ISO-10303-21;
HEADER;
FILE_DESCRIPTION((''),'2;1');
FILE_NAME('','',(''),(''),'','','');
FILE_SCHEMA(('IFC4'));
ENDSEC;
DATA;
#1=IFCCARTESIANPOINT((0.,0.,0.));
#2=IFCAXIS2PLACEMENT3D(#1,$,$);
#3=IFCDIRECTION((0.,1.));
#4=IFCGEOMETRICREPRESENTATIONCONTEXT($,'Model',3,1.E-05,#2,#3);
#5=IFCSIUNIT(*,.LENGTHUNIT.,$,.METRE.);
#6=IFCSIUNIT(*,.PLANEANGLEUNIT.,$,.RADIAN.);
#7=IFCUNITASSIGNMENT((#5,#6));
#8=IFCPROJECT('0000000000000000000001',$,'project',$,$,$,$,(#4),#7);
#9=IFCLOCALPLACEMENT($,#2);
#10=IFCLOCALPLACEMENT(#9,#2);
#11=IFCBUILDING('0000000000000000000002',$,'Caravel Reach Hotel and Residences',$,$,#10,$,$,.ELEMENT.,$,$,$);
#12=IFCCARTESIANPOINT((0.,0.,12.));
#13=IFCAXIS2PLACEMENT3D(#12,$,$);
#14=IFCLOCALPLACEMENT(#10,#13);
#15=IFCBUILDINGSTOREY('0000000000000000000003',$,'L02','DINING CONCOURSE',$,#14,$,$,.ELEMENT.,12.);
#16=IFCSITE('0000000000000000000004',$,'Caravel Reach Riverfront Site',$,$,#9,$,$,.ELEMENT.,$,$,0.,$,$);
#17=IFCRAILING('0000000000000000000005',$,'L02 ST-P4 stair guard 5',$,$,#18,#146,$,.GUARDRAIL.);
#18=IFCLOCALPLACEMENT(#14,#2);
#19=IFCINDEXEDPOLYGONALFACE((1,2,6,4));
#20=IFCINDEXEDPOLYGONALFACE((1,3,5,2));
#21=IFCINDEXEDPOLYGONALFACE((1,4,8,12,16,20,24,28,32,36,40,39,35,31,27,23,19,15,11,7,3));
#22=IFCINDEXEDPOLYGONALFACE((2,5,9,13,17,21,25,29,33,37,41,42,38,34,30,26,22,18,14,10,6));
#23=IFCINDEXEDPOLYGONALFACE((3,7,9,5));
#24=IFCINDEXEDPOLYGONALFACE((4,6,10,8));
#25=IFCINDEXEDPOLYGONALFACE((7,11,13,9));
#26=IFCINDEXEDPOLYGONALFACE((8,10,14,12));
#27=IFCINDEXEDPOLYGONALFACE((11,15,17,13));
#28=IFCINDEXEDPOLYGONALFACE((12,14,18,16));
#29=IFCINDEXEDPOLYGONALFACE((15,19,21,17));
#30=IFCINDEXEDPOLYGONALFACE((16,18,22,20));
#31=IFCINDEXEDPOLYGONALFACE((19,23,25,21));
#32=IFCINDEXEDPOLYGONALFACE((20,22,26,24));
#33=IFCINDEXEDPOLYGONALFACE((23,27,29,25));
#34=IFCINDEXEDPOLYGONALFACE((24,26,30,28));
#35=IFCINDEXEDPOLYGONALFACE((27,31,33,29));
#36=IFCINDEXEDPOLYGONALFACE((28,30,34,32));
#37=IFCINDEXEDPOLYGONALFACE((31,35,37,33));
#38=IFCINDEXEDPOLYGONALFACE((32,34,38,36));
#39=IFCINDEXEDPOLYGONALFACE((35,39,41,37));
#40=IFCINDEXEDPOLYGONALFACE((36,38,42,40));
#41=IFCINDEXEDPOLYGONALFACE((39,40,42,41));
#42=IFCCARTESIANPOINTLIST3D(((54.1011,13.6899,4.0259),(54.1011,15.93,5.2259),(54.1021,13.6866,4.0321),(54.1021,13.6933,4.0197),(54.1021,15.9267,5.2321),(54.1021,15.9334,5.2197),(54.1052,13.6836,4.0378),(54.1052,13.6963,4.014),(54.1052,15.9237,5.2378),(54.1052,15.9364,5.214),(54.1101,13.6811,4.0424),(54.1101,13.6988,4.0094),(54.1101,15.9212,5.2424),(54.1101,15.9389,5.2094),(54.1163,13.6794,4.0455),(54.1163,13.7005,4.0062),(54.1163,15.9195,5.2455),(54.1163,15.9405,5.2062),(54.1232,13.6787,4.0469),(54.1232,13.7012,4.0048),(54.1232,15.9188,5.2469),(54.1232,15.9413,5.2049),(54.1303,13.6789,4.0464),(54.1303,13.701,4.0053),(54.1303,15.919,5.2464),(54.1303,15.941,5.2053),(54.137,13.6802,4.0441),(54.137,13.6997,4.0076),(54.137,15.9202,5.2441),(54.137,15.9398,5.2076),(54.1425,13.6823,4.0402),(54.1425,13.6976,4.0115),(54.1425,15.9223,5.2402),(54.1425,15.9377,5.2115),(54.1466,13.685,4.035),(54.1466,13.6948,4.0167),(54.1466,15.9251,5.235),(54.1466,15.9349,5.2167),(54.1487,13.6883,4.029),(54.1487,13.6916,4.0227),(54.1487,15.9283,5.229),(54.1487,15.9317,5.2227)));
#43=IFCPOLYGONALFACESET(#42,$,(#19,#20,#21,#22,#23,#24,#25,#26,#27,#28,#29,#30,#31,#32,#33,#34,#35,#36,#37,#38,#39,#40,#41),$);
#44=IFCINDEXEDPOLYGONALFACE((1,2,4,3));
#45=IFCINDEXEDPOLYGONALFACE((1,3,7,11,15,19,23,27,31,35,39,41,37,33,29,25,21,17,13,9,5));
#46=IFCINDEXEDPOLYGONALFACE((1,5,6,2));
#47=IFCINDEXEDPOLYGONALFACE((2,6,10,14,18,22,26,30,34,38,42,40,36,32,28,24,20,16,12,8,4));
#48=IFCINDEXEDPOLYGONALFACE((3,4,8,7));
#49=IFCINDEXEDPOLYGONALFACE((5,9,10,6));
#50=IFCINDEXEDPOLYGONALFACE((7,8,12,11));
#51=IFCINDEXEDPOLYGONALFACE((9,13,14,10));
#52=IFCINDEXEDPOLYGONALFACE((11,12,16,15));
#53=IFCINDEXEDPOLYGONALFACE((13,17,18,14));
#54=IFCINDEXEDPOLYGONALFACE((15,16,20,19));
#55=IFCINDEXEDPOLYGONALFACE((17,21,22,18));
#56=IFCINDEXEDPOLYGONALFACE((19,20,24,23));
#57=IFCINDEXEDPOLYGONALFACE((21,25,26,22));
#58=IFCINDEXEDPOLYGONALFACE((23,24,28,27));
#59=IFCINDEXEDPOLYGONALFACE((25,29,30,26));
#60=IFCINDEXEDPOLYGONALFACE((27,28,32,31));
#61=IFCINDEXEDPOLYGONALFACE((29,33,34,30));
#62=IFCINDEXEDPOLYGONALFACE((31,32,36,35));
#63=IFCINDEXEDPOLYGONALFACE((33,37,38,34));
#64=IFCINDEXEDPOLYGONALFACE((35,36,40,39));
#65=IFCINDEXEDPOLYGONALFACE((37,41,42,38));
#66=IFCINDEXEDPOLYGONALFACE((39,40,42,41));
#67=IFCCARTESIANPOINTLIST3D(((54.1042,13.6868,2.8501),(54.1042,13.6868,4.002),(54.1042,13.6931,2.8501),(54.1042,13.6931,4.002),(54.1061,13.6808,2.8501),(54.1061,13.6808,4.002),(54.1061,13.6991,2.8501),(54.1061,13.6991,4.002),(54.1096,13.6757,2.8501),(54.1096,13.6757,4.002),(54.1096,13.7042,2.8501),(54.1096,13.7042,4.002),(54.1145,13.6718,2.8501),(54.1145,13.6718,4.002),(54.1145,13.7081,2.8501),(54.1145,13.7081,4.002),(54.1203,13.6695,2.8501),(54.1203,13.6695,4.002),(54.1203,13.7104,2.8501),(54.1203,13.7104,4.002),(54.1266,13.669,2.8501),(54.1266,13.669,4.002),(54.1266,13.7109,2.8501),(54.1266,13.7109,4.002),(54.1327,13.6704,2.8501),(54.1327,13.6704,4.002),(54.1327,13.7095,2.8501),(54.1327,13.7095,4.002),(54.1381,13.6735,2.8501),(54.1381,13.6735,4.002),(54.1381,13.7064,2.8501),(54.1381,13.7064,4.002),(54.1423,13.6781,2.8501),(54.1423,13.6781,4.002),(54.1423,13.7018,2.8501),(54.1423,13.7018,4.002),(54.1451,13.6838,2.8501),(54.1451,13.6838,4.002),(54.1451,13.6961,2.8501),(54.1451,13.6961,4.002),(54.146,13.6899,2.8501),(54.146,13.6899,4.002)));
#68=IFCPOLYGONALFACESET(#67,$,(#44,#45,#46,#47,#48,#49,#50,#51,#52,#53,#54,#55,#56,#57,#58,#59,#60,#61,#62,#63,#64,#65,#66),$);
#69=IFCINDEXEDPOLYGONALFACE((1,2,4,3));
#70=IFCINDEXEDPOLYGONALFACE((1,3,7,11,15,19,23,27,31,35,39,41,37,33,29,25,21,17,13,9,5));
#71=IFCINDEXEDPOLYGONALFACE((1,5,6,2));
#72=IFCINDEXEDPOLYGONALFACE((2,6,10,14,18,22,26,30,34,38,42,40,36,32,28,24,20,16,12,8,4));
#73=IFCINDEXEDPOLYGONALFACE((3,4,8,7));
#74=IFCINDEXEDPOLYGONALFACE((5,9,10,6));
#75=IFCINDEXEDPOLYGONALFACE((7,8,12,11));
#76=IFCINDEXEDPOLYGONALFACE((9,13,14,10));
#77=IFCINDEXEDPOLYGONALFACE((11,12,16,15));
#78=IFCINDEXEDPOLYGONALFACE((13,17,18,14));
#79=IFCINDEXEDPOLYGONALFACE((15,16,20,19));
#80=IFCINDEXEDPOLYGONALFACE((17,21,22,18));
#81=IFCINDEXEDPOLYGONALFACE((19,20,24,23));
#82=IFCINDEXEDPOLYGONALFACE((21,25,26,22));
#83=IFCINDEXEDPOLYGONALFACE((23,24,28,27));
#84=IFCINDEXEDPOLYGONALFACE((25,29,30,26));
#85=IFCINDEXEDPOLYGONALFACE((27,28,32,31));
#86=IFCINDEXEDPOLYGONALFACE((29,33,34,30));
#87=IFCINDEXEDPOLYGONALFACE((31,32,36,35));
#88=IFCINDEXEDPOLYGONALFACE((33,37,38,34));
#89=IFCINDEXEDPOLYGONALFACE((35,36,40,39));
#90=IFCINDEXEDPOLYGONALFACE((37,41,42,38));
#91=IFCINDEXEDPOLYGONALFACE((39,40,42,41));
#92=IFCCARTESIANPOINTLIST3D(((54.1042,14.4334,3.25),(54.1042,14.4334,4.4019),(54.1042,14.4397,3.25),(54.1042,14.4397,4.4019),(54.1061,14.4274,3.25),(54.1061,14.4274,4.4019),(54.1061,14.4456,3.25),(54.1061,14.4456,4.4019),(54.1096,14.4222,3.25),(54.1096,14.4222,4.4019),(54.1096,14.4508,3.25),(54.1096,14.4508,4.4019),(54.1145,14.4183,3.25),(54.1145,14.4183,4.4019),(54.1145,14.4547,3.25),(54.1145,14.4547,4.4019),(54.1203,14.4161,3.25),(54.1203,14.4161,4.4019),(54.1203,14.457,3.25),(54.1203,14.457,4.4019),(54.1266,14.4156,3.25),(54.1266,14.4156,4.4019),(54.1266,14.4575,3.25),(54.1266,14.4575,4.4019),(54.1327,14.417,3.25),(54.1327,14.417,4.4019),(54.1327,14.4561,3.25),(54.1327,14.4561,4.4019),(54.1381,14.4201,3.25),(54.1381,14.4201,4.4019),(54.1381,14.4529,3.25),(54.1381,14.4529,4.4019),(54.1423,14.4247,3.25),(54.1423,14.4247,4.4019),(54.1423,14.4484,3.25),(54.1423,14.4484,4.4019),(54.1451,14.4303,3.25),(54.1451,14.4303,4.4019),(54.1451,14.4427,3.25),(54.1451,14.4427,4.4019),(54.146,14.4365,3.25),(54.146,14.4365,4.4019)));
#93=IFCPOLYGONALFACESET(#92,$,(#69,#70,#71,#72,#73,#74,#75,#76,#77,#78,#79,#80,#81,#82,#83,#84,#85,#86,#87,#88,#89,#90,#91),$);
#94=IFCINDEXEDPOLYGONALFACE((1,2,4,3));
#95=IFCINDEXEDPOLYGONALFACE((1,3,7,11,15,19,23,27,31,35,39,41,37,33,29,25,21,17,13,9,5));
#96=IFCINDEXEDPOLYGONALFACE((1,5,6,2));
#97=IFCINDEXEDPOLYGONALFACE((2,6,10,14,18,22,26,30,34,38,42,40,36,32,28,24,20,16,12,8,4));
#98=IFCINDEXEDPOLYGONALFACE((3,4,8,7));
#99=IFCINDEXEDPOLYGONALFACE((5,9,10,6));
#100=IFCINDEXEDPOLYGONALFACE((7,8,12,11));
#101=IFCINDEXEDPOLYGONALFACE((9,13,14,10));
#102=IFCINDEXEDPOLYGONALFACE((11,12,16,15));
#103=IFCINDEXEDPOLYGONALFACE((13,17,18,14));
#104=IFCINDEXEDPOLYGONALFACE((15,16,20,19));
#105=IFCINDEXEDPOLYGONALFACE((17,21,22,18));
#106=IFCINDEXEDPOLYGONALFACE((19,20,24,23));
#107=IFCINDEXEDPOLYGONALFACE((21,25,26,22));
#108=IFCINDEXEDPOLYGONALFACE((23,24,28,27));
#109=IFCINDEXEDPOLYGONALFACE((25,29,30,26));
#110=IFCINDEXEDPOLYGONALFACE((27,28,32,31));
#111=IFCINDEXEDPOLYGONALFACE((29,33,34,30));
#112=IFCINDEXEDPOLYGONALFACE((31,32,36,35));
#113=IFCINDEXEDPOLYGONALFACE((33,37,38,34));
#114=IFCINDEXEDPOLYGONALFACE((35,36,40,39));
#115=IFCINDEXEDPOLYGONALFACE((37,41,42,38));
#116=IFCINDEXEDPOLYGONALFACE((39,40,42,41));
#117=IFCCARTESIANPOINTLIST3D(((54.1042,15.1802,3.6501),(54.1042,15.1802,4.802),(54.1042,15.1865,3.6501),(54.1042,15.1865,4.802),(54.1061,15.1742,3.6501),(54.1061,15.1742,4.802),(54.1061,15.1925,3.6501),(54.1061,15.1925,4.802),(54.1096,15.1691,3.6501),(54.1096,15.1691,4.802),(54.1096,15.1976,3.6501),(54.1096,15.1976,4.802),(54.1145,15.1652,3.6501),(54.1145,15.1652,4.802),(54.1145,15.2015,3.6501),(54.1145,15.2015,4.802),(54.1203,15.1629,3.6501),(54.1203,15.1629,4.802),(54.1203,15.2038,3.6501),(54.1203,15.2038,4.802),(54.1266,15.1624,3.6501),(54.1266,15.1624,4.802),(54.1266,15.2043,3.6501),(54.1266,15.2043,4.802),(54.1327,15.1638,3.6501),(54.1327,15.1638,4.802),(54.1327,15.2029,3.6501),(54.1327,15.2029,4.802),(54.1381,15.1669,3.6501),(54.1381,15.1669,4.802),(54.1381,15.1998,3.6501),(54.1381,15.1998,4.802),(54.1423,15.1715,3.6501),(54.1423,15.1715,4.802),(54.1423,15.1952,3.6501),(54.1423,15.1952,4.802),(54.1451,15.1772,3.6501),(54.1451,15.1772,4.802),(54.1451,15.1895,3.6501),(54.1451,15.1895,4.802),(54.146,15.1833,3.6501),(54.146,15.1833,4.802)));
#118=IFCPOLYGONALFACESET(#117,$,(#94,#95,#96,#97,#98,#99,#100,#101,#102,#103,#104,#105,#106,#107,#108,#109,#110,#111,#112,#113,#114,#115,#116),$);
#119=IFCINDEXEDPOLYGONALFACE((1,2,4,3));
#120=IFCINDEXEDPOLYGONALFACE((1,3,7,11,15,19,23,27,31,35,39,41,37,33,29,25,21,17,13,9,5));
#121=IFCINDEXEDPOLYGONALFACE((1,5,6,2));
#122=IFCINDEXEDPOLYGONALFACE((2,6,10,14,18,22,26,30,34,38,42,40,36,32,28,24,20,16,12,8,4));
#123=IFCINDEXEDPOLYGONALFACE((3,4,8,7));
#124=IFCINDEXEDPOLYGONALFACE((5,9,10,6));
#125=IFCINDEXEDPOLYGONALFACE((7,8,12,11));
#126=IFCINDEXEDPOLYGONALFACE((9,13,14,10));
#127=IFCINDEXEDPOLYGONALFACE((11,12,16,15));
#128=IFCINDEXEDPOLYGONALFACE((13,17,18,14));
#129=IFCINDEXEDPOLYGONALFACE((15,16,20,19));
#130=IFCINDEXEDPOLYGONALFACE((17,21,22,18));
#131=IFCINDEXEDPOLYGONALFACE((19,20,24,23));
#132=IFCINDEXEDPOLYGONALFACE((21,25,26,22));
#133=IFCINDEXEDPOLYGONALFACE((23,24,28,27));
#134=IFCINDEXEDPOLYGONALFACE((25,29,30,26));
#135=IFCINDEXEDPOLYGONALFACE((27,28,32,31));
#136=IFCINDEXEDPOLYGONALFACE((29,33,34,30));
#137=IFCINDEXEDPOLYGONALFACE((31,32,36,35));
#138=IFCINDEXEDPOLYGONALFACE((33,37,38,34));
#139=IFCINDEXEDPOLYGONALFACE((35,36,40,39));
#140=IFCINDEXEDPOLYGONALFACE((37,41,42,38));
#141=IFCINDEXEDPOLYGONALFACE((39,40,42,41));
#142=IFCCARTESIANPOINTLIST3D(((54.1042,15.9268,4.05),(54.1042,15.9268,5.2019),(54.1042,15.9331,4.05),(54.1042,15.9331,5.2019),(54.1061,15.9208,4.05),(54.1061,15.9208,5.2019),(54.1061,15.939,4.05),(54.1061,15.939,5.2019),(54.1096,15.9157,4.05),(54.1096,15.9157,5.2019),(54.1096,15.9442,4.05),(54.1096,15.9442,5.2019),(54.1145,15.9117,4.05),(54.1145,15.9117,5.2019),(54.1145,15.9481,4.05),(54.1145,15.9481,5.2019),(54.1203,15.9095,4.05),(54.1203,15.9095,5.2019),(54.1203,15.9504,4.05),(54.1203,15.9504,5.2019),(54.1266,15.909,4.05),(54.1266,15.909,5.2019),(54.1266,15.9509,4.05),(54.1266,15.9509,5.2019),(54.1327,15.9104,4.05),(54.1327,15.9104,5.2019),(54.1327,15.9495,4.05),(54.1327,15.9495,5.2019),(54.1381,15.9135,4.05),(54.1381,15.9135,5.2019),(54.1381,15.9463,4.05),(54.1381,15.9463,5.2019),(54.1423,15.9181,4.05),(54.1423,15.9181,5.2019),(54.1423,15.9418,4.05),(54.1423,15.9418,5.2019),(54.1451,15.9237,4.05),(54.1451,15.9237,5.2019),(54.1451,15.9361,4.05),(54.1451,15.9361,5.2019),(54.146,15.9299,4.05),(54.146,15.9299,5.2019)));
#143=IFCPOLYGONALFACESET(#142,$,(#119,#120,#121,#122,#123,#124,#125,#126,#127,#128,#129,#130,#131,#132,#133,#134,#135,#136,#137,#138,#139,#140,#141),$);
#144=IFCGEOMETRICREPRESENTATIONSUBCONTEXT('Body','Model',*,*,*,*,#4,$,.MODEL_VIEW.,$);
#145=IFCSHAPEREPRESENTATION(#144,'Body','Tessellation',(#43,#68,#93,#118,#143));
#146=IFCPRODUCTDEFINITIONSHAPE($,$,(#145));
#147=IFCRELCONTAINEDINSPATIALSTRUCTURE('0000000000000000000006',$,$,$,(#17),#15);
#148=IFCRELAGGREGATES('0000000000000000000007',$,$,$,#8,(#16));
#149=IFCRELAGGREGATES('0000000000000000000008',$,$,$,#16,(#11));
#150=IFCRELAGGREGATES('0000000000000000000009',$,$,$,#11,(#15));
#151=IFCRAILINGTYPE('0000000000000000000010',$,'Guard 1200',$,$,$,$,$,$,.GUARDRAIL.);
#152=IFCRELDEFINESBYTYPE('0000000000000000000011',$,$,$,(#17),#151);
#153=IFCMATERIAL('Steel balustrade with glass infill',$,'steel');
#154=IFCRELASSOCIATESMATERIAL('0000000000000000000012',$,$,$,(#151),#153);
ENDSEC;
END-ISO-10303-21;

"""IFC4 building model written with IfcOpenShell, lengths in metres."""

from ifc_helpers import new_model, si_unit, direction, frame, origin, origin_2d, place, context, subcontext, project, spatial, circle, extrude, material, type_object, element, save


model = new_model("IFC4")

# Units and contexts
model_context = context("Model", 3, precision=1e-05, world=origin(), true_north=direction((0.0, 1.0)))
body_context = subcontext(model_context, "Body", "Model", "MODEL_VIEW")
ifc_project = project(units=[si_unit("LENGTHUNIT", "METRE"), si_unit("PLANEANGLEUNIT", "RADIAN")], contexts=[model_context])

# Site, building, storey
site_placement = place(None, origin())
site = spatial("IfcSite", under=ifc_project, at=site_placement, Name="Caravel Reach Riverfront Site", CompositionType="ELEMENT", RefElevation=0.0)
building_placement = place(site_placement, origin())
building = spatial("IfcBuilding", under=site, at=building_placement, Name="Caravel Reach Hotel and Residences", CompositionType="ELEMENT")
storey_placement = place(building_placement, frame((0.0, 0.0, 12.0)))
storey = spatial("IfcBuildingStorey", under=building, at=storey_placement, Name="L02", Description="DINING CONCOURSE", CompositionType="ELEMENT", Elevation=12.0)

# Railing
ifc_material_1 = material(Name="Steel balustrade with glass infill", Category="steel")
railing_type_1 = type_object("IfcRailingType", Name="Guard 1200", PredefinedType="GUARDRAIL", material=ifc_material_1)
railing_1_placement = place(storey_placement, frame((54.125, 13.6899, 2.8501)))
element("IfcRailing", 1, at=railing_1_placement, inside=storey, type_object=railing_type_1, Name="L02 ST-P4 stair guard 5", PredefinedType="GUARDRAIL", context=body_context, shape_type="SweptSolid", body=[
    extrude(circle(Radius=0.0239, at=origin_2d()), frame((0.0, 0.0, 1.1758), z_axis=(0.0, 0.881487, 0.472208), x_axis=(-1.0, 0.0, 0.0)), (0.0, 0.0, 1.0), 2.5413),
    extrude(circle(Radius=0.021, at=origin_2d()), origin(), (0.0, 0.0, 1.0), 1.1519),
    extrude(circle(Radius=0.021, at=origin_2d()), frame((0.0, 0.7466, 0.3999)), (0.0, 0.0, 1.0), 1.1519),
    extrude(circle(Radius=0.021, at=origin_2d()), frame((0.0, 1.4934, 0.8)), (0.0, 0.0, 1.0), 1.1519),
    extrude(circle(Radius=0.021, at=origin_2d()), frame((0.0, 2.24, 1.2)), (0.0, 0.0, 1.0), 1.1519),
])

save(model, "model.ifc")
